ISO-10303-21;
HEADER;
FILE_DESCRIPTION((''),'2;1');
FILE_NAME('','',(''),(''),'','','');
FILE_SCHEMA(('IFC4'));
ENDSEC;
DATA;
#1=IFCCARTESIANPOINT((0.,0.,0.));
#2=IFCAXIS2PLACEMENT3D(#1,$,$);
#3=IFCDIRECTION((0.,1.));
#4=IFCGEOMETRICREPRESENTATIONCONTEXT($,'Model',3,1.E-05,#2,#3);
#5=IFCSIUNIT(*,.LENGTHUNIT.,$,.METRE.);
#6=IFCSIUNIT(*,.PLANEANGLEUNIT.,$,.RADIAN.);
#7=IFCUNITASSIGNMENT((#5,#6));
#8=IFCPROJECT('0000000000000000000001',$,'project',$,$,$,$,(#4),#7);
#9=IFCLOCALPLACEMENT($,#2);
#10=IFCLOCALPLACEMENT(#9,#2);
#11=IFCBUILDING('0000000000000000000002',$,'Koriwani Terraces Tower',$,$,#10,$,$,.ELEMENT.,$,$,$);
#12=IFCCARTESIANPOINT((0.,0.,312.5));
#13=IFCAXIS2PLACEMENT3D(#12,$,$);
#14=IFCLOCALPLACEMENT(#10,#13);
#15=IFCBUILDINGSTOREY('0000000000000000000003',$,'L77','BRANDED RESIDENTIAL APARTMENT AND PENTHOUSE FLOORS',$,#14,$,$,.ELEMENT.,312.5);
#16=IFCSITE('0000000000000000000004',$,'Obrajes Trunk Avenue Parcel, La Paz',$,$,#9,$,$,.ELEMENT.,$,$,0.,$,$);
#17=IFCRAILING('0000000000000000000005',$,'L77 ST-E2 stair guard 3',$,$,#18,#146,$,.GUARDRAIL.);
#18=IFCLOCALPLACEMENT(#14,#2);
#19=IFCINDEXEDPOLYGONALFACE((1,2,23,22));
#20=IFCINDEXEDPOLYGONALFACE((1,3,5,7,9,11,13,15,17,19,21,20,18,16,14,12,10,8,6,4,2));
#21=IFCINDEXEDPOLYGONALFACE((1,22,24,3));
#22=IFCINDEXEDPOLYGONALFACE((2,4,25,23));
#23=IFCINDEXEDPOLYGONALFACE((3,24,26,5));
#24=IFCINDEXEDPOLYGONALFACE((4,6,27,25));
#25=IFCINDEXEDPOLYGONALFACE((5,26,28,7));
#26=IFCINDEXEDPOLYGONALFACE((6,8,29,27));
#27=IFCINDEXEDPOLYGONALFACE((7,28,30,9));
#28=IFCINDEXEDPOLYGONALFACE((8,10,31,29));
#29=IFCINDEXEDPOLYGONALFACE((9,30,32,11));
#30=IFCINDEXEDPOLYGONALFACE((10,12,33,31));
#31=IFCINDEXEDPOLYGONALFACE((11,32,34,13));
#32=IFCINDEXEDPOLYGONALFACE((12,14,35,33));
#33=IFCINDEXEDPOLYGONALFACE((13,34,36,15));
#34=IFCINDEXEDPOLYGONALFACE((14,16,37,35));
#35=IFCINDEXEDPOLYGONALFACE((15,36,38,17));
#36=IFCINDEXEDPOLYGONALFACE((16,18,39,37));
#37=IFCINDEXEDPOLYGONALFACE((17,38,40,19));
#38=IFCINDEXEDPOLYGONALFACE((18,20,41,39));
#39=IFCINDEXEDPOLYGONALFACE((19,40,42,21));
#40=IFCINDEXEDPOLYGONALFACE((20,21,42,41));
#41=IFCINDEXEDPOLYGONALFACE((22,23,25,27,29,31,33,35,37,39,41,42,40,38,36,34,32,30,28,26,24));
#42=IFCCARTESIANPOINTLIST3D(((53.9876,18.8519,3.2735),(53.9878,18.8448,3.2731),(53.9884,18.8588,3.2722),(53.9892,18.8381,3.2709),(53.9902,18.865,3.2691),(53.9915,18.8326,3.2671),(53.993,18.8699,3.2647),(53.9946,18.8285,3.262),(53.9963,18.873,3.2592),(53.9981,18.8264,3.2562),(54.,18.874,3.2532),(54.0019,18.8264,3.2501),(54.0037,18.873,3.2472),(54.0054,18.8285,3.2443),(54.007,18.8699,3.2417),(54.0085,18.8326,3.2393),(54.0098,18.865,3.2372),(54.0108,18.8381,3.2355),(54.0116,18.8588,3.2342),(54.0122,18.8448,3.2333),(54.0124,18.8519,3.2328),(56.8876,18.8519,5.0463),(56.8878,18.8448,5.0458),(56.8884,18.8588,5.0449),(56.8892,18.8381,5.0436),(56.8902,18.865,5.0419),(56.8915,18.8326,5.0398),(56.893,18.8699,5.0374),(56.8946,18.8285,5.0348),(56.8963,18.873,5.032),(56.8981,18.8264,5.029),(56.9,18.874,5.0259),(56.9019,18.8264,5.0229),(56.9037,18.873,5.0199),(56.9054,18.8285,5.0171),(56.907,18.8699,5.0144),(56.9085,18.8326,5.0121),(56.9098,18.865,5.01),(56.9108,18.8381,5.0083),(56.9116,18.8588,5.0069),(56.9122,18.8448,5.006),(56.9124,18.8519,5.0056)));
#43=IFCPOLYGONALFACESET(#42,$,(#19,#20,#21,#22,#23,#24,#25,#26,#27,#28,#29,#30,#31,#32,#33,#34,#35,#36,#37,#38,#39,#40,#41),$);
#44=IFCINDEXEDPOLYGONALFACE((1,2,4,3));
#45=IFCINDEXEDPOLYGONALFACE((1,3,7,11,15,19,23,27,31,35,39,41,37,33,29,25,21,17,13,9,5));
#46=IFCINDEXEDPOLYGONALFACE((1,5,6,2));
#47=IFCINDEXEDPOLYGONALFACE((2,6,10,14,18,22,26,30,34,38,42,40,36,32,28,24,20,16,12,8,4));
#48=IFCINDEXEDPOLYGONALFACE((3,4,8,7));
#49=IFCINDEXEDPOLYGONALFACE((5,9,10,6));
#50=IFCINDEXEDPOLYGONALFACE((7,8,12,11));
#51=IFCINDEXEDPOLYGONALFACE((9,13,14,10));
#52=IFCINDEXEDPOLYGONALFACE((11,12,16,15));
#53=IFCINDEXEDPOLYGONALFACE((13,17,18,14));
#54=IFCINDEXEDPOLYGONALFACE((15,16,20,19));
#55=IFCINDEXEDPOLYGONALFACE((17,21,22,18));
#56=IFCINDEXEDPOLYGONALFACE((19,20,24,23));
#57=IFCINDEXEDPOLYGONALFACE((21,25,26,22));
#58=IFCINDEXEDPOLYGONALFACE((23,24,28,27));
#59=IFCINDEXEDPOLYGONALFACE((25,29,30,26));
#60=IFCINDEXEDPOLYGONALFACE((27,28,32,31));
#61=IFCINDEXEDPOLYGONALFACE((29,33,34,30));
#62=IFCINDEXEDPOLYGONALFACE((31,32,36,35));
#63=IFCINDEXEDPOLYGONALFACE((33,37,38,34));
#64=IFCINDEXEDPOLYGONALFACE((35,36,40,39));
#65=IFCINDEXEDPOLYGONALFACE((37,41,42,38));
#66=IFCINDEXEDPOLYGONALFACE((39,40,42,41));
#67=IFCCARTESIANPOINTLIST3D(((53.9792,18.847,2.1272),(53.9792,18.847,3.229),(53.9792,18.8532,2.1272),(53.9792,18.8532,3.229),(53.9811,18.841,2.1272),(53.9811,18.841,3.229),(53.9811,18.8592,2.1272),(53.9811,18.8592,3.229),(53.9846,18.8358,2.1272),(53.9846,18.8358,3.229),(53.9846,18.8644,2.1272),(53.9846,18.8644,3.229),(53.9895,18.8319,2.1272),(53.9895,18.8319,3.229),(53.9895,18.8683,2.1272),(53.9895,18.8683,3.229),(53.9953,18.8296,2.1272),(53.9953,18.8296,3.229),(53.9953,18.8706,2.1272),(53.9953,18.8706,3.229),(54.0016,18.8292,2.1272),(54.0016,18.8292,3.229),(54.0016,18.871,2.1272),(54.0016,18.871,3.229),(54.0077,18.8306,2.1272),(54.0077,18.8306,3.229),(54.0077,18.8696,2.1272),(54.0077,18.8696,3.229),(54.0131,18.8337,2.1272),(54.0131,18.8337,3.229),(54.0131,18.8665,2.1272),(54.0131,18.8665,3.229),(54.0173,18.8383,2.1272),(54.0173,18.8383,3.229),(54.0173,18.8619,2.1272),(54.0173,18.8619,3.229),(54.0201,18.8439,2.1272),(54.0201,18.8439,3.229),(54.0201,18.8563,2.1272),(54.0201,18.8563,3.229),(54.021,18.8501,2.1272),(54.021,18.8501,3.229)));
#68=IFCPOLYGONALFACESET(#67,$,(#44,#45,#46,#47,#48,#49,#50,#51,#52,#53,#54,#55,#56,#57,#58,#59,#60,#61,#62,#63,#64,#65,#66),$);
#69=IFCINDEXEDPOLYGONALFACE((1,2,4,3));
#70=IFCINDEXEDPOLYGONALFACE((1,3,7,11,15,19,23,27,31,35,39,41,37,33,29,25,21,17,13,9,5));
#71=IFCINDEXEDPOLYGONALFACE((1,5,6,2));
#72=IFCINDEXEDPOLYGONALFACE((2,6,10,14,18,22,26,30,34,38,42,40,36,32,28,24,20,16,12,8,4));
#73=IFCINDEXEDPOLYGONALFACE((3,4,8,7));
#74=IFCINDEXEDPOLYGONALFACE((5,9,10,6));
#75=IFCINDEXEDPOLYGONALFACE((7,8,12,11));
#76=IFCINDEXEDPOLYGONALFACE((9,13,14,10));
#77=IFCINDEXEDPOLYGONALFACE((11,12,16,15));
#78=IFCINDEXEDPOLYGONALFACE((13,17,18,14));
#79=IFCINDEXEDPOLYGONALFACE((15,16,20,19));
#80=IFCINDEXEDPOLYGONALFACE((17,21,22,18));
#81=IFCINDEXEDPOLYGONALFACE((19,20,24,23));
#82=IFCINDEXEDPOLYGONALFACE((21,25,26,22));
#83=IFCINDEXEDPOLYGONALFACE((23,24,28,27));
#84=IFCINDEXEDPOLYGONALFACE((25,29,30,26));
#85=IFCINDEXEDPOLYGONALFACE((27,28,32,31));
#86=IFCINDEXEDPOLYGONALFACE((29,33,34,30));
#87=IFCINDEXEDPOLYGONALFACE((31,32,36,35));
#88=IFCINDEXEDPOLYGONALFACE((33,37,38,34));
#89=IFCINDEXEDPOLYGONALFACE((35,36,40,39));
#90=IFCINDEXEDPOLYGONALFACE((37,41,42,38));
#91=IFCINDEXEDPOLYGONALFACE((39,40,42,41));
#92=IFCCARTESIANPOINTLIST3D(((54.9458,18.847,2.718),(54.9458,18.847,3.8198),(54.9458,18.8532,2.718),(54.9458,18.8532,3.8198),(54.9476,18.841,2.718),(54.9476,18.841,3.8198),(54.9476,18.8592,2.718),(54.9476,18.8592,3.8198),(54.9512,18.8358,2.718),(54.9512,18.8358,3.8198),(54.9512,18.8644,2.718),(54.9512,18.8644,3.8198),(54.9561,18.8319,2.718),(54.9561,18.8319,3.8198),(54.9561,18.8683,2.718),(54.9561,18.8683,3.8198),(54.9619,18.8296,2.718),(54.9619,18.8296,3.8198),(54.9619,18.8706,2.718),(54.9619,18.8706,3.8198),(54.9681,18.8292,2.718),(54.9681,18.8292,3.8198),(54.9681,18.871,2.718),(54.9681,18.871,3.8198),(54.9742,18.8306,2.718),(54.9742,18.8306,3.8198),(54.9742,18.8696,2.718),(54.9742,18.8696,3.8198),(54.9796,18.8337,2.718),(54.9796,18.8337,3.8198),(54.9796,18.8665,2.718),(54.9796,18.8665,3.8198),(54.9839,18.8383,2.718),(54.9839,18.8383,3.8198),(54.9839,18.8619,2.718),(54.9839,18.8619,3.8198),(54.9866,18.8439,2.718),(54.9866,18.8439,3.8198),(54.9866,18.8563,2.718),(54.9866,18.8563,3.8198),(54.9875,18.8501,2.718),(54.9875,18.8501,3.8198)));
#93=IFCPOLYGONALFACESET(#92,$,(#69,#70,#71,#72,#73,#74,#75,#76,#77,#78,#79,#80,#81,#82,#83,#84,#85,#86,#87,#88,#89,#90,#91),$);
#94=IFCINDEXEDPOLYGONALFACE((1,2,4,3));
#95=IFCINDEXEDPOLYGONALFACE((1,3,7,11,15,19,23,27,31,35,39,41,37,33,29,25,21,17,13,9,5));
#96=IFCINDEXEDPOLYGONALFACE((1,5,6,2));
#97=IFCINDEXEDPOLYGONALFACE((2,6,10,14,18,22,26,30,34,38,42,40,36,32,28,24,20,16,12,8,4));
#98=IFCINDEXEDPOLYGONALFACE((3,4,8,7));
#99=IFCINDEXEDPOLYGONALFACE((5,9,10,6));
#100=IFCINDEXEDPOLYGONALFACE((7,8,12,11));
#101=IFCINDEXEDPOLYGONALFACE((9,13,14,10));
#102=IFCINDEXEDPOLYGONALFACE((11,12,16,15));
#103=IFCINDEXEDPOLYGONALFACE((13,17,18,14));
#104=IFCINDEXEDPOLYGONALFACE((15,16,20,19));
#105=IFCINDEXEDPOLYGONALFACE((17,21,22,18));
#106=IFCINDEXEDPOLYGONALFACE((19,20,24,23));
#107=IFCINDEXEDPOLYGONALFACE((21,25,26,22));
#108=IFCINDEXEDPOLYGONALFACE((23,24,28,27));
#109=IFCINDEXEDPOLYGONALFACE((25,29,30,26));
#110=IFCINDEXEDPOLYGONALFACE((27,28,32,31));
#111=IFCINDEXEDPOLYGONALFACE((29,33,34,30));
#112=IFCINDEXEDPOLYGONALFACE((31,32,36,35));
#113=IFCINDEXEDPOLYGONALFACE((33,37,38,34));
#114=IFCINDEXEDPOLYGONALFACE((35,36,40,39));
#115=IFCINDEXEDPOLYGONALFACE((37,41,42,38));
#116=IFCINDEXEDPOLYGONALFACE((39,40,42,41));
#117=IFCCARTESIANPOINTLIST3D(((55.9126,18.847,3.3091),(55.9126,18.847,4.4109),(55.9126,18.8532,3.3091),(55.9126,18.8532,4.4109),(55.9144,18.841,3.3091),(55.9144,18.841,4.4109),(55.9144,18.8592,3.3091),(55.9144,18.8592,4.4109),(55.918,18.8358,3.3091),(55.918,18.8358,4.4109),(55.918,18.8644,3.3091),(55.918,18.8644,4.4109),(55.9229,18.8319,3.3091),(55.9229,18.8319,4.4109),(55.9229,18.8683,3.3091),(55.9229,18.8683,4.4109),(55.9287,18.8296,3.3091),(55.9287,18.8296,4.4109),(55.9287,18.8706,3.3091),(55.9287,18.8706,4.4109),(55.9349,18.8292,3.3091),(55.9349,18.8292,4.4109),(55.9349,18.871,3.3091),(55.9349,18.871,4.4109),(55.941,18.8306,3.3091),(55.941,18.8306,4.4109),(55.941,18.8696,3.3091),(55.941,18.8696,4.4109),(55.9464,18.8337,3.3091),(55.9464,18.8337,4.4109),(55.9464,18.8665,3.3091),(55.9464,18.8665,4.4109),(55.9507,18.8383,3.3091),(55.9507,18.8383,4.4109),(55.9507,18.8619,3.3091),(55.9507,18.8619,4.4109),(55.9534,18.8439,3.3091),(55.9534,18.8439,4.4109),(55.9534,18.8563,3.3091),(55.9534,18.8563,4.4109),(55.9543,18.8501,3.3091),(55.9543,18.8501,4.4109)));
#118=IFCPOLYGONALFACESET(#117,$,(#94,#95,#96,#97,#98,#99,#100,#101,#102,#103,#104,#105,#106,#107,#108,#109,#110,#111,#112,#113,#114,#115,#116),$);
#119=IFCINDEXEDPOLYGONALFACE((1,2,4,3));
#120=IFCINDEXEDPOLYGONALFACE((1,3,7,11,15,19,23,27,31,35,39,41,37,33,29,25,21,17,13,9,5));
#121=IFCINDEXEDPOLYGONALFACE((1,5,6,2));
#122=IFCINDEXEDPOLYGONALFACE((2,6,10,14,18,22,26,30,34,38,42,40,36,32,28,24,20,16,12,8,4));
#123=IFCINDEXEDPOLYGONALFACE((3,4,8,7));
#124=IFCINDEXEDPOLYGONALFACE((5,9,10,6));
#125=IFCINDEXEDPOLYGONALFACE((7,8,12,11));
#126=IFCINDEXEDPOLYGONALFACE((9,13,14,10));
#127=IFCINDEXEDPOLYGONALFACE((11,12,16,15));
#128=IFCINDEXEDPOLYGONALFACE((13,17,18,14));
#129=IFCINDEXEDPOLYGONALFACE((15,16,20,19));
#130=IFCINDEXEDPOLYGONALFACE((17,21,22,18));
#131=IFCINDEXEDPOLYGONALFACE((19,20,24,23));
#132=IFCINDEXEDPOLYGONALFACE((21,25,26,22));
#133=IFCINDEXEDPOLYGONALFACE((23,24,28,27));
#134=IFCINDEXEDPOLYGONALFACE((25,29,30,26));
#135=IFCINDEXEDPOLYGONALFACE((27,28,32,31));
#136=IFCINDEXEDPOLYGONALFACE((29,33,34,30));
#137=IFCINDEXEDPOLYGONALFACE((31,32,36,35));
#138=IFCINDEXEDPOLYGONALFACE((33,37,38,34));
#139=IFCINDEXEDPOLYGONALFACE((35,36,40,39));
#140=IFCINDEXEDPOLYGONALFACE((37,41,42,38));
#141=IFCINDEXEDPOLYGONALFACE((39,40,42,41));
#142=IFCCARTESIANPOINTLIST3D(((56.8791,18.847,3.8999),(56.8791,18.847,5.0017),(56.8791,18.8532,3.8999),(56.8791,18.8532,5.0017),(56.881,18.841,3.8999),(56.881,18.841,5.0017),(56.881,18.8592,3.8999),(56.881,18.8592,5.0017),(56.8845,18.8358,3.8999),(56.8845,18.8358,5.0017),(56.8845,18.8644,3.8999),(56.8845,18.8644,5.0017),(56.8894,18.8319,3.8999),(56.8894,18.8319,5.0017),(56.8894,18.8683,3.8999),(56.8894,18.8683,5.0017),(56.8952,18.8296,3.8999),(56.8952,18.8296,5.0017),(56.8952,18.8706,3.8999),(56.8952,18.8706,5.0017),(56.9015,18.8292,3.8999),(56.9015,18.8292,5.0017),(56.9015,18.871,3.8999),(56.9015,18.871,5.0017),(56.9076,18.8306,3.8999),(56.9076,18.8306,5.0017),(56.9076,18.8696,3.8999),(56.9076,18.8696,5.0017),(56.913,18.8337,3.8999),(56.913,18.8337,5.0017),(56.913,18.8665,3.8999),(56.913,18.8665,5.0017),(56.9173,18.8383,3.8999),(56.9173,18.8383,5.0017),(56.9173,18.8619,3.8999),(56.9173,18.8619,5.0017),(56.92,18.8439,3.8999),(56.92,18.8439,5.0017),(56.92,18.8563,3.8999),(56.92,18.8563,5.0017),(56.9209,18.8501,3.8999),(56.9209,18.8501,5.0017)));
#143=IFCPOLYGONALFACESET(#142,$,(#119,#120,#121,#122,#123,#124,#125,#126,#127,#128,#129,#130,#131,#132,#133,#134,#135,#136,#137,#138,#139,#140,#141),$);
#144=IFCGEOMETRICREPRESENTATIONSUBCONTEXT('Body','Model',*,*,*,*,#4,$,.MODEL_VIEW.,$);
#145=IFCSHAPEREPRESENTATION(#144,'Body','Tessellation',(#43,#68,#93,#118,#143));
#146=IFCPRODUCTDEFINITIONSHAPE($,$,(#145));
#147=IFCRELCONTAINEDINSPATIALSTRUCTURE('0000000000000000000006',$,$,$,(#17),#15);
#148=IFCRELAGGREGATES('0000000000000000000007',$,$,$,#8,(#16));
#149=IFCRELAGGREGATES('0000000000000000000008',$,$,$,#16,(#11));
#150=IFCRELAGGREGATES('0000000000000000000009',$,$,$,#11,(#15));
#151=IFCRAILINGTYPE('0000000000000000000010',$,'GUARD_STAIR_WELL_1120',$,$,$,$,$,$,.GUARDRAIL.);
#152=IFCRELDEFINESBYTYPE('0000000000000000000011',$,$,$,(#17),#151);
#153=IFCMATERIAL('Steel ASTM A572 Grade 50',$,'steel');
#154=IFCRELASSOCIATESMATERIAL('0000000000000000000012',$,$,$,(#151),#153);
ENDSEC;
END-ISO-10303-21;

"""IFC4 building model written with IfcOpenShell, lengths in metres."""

from ifc_helpers import new_model, si_unit, direction, frame, origin, origin_2d, place, context, subcontext, project, spatial, circle, extrude, material, type_object, element, save


model = new_model("IFC4")

# Units and contexts
model_context = context("Model", 3, precision=1e-05, world=origin(), true_north=direction((0.0, 1.0)))
body_context = subcontext(model_context, "Body", "Model", "MODEL_VIEW")
ifc_project = project(units=[si_unit("LENGTHUNIT", "METRE"), si_unit("PLANEANGLEUNIT", "RADIAN")], contexts=[model_context])

# Site, building, storey
site_placement = place(None, origin())
site = spatial("IfcSite", under=ifc_project, at=site_placement, Name="Obrajes Trunk Avenue Parcel, La Paz", CompositionType="ELEMENT", RefElevation=0.0)
building_placement = place(site_placement, origin())
building = spatial("IfcBuilding", under=site, at=building_placement, Name="Koriwani Terraces Tower", CompositionType="ELEMENT")
storey_placement = place(building_placement, frame((0.0, 0.0, 312.5)))
storey = spatial("IfcBuildingStorey", under=building, at=storey_placement, Name="L77", Description="BRANDED RESIDENTIAL APARTMENT AND PENTHOUSE FLOORS", CompositionType="ELEMENT", Elevation=312.5)

# Shared definitions
ifc_material_1 = material(Name="Steel ASTM A572 Grade 50", Category="steel")

# Railing
railing_type_1 = type_object("IfcRailingType", Name="GUARD_STAIR_WELL_1120", PredefinedType="GUARDRAIL", material=ifc_material_1)
railing_1_placement = place(storey_placement, frame((54.0, 18.8501, 2.1272)))
element("IfcRailing", 1, at=railing_1_placement, inside=storey, type_object=railing_type_1, Name="L77 ST-E2 stair guard 3", PredefinedType="GUARDRAIL", context=body_context, shape_type="SweptSolid", body=[
    extrude(circle(Radius=0.0239, at=origin_2d()), frame((0.0, 0.0, 1.126), z_axis=(0.853211, 0.0, 0.521566), x_axis=(0.0, 1.0, 0.0)), (0.0, 0.0, 1.0), 3.3989),
    extrude(circle(Radius=0.021, at=origin_2d()), origin(), (0.0, 0.0, 1.0), 1.1018),
    extrude(circle(Radius=0.021, at=origin_2d()), frame((0.9666, 0.0, 0.5908)), (0.0, 0.0, 1.0), 1.1018),
    extrude(circle(Radius=0.021, at=origin_2d()), frame((1.9333, 0.0, 1.1819)), (0.0, 0.0, 1.0), 1.1018),
    extrude(circle(Radius=0.021, at=origin_2d()), frame((2.8999, 0.0, 1.7727)), (0.0, 0.0, 1.0), 1.1018),
])

save(model, "model.ifc")
